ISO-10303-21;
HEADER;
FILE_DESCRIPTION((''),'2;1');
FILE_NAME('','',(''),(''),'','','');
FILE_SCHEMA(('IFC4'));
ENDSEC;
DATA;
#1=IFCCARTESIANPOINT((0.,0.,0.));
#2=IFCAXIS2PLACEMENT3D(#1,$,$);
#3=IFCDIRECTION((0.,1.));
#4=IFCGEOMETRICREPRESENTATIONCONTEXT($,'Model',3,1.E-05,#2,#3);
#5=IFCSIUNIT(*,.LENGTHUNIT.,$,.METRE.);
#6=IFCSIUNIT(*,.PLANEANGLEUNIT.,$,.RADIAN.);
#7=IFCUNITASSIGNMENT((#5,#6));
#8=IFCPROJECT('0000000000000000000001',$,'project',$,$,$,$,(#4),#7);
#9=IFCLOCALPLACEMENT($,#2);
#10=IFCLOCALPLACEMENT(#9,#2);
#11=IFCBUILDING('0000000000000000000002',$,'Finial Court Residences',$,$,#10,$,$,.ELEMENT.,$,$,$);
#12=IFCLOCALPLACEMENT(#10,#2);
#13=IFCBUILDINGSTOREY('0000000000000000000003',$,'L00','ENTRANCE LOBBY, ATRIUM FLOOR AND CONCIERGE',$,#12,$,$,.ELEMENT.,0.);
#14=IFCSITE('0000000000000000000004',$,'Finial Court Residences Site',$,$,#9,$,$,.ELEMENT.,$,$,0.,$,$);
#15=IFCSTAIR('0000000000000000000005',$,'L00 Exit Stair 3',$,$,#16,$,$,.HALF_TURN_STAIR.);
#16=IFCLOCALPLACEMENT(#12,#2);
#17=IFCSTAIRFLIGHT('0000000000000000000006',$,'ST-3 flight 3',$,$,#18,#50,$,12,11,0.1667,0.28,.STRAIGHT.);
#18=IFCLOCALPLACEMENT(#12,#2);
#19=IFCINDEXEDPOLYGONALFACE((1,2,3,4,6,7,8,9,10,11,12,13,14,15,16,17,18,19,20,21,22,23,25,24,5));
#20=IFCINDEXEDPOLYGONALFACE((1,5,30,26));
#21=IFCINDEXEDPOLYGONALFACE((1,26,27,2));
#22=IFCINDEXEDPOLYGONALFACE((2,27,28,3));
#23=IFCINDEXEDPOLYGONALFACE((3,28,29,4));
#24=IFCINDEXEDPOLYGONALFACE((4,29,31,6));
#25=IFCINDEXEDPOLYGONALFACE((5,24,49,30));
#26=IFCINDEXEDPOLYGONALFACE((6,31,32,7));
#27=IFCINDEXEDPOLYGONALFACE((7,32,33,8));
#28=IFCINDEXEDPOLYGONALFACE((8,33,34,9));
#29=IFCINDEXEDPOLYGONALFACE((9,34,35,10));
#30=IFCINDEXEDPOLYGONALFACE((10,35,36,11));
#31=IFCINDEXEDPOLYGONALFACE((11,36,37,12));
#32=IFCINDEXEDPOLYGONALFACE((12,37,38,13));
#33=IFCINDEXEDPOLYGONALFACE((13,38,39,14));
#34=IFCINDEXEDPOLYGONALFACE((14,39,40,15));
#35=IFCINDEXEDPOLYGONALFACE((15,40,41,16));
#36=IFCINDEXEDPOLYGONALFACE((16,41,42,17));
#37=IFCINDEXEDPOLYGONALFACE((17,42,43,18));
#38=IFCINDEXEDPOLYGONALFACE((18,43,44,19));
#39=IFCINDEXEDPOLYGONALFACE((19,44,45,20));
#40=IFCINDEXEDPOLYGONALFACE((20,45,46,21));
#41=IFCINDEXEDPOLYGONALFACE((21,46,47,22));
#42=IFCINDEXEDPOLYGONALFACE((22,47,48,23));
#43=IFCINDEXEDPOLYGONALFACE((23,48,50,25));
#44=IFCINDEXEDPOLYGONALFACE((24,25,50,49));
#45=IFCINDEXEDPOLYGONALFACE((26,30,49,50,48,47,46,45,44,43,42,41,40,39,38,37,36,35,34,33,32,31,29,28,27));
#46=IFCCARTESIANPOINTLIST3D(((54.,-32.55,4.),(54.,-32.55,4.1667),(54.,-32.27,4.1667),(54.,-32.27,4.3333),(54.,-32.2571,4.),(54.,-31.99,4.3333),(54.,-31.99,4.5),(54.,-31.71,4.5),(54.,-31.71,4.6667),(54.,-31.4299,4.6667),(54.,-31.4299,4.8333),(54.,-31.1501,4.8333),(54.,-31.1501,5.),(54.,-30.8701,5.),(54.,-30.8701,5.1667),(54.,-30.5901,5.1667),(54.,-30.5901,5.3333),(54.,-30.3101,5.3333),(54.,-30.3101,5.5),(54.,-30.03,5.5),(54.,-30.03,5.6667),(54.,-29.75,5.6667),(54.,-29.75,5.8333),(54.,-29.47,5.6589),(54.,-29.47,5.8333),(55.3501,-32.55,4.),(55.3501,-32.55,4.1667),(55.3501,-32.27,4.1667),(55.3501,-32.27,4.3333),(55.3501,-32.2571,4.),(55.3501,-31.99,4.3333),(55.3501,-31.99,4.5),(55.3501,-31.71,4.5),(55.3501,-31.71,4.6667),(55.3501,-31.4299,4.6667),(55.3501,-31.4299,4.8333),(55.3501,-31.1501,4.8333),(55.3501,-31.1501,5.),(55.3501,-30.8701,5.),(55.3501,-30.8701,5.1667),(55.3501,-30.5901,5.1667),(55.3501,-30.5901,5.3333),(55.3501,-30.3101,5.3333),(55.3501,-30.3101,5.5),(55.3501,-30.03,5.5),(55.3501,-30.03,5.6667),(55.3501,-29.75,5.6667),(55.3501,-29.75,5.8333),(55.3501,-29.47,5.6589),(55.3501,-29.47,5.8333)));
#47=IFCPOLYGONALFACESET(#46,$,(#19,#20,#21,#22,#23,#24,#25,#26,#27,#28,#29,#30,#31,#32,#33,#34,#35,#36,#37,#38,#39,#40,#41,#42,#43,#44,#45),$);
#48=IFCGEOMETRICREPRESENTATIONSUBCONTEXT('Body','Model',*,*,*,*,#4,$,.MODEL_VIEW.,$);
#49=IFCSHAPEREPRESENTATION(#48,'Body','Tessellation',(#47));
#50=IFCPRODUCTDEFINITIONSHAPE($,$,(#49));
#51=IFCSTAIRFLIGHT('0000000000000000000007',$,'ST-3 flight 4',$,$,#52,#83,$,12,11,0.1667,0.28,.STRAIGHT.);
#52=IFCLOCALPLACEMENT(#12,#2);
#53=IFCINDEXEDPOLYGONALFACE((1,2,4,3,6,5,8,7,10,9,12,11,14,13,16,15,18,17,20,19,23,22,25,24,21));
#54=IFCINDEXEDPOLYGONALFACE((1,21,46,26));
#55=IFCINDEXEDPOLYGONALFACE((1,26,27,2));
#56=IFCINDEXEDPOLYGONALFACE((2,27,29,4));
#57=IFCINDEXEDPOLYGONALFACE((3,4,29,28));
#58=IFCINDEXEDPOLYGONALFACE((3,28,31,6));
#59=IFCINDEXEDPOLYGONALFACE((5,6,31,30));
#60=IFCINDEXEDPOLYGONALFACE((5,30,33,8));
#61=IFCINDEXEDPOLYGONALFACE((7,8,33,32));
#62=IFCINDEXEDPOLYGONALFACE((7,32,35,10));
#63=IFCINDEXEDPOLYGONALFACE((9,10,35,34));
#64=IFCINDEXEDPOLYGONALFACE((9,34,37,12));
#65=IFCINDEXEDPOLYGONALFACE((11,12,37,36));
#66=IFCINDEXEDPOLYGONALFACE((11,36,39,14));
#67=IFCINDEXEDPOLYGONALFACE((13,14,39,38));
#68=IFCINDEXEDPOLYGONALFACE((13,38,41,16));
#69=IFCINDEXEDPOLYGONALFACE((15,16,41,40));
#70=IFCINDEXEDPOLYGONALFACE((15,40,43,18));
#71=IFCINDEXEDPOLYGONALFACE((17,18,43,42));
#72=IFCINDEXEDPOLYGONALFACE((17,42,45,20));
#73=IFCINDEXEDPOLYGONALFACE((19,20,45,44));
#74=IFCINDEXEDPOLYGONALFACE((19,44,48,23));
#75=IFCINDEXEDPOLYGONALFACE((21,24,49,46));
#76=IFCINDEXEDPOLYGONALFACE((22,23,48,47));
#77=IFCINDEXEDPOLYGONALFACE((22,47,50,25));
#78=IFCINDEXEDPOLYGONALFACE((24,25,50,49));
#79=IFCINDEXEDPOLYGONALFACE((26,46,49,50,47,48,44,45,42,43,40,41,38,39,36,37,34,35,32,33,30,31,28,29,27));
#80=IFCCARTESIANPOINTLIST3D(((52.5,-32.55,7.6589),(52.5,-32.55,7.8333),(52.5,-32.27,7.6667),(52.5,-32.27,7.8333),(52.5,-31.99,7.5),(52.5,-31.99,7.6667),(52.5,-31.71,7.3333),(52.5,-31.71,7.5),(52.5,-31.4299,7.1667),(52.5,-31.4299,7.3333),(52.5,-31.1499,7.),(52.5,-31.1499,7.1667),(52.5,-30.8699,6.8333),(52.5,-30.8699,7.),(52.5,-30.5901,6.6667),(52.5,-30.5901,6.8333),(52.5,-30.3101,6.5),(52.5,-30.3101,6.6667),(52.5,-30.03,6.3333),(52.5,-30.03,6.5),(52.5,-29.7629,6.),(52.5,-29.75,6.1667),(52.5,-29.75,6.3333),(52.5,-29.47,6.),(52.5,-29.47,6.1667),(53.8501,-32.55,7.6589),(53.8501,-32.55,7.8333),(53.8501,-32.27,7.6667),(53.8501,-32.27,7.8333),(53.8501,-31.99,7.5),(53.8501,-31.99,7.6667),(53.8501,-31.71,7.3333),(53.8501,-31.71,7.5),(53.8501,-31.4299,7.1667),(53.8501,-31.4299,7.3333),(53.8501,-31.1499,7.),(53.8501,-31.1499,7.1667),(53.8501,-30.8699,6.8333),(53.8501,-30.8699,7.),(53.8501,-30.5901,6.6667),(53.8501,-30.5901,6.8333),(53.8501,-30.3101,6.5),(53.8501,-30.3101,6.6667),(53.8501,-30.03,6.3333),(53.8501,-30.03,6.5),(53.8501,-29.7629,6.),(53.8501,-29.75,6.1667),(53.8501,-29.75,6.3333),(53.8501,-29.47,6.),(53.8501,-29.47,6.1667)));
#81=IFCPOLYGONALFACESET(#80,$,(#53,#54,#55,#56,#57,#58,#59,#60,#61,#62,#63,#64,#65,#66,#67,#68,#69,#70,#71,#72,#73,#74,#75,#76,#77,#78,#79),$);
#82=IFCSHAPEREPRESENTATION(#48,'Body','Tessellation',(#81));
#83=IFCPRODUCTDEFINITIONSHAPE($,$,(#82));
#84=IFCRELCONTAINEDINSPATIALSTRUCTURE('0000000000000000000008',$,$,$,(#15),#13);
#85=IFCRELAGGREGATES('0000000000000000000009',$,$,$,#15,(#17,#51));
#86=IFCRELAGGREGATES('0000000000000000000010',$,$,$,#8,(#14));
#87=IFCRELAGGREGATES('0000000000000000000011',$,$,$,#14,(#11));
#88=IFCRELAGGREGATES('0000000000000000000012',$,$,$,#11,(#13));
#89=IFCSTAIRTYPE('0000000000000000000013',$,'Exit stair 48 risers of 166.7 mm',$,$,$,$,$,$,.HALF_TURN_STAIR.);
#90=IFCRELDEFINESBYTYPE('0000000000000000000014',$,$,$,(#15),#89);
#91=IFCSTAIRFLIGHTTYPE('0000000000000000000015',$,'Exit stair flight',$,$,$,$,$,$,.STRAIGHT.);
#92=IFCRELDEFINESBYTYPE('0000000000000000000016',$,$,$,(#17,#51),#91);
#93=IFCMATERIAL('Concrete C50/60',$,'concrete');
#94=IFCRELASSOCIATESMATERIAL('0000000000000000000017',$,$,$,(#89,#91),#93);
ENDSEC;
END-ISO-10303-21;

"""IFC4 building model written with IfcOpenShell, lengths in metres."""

from ifc_helpers import new_model, si_unit, direction, frame, origin, place, context, subcontext, project, spatial, polyline, outline, extrude, material, type_object, element, aggregate, save


model = new_model("IFC4")

# Units and contexts
model_context = context("Model", 3, precision=1e-05, world=origin(), true_north=direction((0.0, 1.0)))
body_context = subcontext(model_context, "Body", "Model", "MODEL_VIEW")
ifc_project = project(units=[si_unit("LENGTHUNIT", "METRE"), si_unit("PLANEANGLEUNIT", "RADIAN")], contexts=[model_context])

# Site, building, storey
site_placement = place(None, origin())
site = spatial("IfcSite", under=ifc_project, at=site_placement, Name="Finial Court Residences Site", CompositionType="ELEMENT", RefElevation=0.0)
building_placement = place(site_placement, origin())
building = spatial("IfcBuilding", under=site, at=building_placement, Name="Finial Court Residences", CompositionType="ELEMENT")
storey_placement = place(building_placement, origin())
storey = spatial("IfcBuildingStorey", under=building, at=storey_placement, Name="L00", Description="ENTRANCE LOBBY, ATRIUM FLOOR AND CONCIERGE", CompositionType="ELEMENT", Elevation=0.0)

# Shared definitions
ifc_material_1 = material(Name="Concrete C50/60", Category="concrete")

# Stair, stair flights
stair_type = type_object("IfcStairType", Name="Exit stair 48 risers of 166.7 mm", PredefinedType="HALF_TURN_STAIR", material=ifc_material_1)
stair_placement = place(storey_placement, origin())
stair = element("IfcStair", 1, at=stair_placement, inside=storey, type_object=stair_type, Name="L00 Exit Stair 3", PredefinedType="HALF_TURN_STAIR")
stair_flight_type = type_object("IfcStairFlightType", Name="Exit stair flight", PredefinedType="STRAIGHT", material=ifc_material_1)
stair_flight_1_placement = place(storey_placement, frame((54.675, -32.55, 4.0), z_axis=(0.0, 0.0, 1.0), x_axis=(0.0, 1.0, 0.0)))
stair_flight_1 = element("IfcStairFlight", 2, at=stair_flight_1_placement, type_object=stair_flight_type, Name="ST-3 flight 3", NumberOfRisers=12, NumberOfTreads=11, PredefinedType="STRAIGHT", RiserHeight=0.1667, TreadLength=0.28, context=body_context, shape_type="SweptSolid", body=[
    extrude(outline(polyline([(0.0, 0.0), (0.0, 0.1667), (0.28, 0.1667), (0.28, 0.3333), (0.5601, 0.3333), (0.5601, 0.5), (0.8401, 0.5), (0.8401, 0.6667), (1.1201, 0.6667), (1.1201, 0.8333), (1.3999, 0.8333), (1.3999, 1.0), (1.6799, 1.0), (1.6799, 1.1667), (1.96, 1.1667), (1.96, 1.3333), (2.24, 1.3333), (2.24, 1.5), (2.52, 1.5), (2.52, 1.6667), (2.8, 1.6667), (2.8, 1.8333), (3.0801, 1.8333), (3.0801, 2.0), (3.0801, 1.6589), (0.293, 0.0), (0.0, 0.0)])), frame((0.0, 0.675, 0.0), z_axis=(0.0, -1.0, 0.0), x_axis=(1.0, 0.0, 0.0)), (0.0, 0.0, 1.0), 1.3501),
])
stair_flight_2_placement = place(storey_placement, frame((53.175, -29.47, 6.0), z_axis=(0.0, 0.0, 1.0), x_axis=(0.0, -1.0, 0.0)))
stair_flight_2 = element("IfcStairFlight", 3, at=stair_flight_2_placement, type_object=stair_flight_type, Name="ST-3 flight 4", NumberOfRisers=12, NumberOfTreads=11, PredefinedType="STRAIGHT", RiserHeight=0.1667, TreadLength=0.28, context=body_context, shape_type="SweptSolid", body=[
    extrude(outline(polyline([(0.0, 0.0), (0.0, 0.1667), (0.28, 0.1667), (0.28, 0.3333), (0.5601, 0.3333), (0.5601, 0.5), (0.8401, 0.5), (0.8401, 0.6667), (1.1201, 0.6667), (1.1201, 0.8333), (1.3999, 0.8333), (1.3999, 1.0), (1.6799, 1.0), (1.6799, 1.1667), (1.96, 1.1667), (1.96, 1.3333), (2.24, 1.3333), (2.24, 1.5), (2.52, 1.5), (2.52, 1.6667), (2.8, 1.6667), (2.8, 1.8333), (3.0801, 1.8333), (3.0801, 2.0), (3.0801, 1.6589), (0.293, 0.0), (0.0, 0.0)])), frame((0.0, 0.675, 0.0), z_axis=(0.0, -1.0, 0.0), x_axis=(1.0, 0.0, 0.0)), (0.0, 0.0, 1.0), 1.3501),
])
aggregate(stair, [stair_flight_1, stair_flight_2])

save(model, "model.ifc")
